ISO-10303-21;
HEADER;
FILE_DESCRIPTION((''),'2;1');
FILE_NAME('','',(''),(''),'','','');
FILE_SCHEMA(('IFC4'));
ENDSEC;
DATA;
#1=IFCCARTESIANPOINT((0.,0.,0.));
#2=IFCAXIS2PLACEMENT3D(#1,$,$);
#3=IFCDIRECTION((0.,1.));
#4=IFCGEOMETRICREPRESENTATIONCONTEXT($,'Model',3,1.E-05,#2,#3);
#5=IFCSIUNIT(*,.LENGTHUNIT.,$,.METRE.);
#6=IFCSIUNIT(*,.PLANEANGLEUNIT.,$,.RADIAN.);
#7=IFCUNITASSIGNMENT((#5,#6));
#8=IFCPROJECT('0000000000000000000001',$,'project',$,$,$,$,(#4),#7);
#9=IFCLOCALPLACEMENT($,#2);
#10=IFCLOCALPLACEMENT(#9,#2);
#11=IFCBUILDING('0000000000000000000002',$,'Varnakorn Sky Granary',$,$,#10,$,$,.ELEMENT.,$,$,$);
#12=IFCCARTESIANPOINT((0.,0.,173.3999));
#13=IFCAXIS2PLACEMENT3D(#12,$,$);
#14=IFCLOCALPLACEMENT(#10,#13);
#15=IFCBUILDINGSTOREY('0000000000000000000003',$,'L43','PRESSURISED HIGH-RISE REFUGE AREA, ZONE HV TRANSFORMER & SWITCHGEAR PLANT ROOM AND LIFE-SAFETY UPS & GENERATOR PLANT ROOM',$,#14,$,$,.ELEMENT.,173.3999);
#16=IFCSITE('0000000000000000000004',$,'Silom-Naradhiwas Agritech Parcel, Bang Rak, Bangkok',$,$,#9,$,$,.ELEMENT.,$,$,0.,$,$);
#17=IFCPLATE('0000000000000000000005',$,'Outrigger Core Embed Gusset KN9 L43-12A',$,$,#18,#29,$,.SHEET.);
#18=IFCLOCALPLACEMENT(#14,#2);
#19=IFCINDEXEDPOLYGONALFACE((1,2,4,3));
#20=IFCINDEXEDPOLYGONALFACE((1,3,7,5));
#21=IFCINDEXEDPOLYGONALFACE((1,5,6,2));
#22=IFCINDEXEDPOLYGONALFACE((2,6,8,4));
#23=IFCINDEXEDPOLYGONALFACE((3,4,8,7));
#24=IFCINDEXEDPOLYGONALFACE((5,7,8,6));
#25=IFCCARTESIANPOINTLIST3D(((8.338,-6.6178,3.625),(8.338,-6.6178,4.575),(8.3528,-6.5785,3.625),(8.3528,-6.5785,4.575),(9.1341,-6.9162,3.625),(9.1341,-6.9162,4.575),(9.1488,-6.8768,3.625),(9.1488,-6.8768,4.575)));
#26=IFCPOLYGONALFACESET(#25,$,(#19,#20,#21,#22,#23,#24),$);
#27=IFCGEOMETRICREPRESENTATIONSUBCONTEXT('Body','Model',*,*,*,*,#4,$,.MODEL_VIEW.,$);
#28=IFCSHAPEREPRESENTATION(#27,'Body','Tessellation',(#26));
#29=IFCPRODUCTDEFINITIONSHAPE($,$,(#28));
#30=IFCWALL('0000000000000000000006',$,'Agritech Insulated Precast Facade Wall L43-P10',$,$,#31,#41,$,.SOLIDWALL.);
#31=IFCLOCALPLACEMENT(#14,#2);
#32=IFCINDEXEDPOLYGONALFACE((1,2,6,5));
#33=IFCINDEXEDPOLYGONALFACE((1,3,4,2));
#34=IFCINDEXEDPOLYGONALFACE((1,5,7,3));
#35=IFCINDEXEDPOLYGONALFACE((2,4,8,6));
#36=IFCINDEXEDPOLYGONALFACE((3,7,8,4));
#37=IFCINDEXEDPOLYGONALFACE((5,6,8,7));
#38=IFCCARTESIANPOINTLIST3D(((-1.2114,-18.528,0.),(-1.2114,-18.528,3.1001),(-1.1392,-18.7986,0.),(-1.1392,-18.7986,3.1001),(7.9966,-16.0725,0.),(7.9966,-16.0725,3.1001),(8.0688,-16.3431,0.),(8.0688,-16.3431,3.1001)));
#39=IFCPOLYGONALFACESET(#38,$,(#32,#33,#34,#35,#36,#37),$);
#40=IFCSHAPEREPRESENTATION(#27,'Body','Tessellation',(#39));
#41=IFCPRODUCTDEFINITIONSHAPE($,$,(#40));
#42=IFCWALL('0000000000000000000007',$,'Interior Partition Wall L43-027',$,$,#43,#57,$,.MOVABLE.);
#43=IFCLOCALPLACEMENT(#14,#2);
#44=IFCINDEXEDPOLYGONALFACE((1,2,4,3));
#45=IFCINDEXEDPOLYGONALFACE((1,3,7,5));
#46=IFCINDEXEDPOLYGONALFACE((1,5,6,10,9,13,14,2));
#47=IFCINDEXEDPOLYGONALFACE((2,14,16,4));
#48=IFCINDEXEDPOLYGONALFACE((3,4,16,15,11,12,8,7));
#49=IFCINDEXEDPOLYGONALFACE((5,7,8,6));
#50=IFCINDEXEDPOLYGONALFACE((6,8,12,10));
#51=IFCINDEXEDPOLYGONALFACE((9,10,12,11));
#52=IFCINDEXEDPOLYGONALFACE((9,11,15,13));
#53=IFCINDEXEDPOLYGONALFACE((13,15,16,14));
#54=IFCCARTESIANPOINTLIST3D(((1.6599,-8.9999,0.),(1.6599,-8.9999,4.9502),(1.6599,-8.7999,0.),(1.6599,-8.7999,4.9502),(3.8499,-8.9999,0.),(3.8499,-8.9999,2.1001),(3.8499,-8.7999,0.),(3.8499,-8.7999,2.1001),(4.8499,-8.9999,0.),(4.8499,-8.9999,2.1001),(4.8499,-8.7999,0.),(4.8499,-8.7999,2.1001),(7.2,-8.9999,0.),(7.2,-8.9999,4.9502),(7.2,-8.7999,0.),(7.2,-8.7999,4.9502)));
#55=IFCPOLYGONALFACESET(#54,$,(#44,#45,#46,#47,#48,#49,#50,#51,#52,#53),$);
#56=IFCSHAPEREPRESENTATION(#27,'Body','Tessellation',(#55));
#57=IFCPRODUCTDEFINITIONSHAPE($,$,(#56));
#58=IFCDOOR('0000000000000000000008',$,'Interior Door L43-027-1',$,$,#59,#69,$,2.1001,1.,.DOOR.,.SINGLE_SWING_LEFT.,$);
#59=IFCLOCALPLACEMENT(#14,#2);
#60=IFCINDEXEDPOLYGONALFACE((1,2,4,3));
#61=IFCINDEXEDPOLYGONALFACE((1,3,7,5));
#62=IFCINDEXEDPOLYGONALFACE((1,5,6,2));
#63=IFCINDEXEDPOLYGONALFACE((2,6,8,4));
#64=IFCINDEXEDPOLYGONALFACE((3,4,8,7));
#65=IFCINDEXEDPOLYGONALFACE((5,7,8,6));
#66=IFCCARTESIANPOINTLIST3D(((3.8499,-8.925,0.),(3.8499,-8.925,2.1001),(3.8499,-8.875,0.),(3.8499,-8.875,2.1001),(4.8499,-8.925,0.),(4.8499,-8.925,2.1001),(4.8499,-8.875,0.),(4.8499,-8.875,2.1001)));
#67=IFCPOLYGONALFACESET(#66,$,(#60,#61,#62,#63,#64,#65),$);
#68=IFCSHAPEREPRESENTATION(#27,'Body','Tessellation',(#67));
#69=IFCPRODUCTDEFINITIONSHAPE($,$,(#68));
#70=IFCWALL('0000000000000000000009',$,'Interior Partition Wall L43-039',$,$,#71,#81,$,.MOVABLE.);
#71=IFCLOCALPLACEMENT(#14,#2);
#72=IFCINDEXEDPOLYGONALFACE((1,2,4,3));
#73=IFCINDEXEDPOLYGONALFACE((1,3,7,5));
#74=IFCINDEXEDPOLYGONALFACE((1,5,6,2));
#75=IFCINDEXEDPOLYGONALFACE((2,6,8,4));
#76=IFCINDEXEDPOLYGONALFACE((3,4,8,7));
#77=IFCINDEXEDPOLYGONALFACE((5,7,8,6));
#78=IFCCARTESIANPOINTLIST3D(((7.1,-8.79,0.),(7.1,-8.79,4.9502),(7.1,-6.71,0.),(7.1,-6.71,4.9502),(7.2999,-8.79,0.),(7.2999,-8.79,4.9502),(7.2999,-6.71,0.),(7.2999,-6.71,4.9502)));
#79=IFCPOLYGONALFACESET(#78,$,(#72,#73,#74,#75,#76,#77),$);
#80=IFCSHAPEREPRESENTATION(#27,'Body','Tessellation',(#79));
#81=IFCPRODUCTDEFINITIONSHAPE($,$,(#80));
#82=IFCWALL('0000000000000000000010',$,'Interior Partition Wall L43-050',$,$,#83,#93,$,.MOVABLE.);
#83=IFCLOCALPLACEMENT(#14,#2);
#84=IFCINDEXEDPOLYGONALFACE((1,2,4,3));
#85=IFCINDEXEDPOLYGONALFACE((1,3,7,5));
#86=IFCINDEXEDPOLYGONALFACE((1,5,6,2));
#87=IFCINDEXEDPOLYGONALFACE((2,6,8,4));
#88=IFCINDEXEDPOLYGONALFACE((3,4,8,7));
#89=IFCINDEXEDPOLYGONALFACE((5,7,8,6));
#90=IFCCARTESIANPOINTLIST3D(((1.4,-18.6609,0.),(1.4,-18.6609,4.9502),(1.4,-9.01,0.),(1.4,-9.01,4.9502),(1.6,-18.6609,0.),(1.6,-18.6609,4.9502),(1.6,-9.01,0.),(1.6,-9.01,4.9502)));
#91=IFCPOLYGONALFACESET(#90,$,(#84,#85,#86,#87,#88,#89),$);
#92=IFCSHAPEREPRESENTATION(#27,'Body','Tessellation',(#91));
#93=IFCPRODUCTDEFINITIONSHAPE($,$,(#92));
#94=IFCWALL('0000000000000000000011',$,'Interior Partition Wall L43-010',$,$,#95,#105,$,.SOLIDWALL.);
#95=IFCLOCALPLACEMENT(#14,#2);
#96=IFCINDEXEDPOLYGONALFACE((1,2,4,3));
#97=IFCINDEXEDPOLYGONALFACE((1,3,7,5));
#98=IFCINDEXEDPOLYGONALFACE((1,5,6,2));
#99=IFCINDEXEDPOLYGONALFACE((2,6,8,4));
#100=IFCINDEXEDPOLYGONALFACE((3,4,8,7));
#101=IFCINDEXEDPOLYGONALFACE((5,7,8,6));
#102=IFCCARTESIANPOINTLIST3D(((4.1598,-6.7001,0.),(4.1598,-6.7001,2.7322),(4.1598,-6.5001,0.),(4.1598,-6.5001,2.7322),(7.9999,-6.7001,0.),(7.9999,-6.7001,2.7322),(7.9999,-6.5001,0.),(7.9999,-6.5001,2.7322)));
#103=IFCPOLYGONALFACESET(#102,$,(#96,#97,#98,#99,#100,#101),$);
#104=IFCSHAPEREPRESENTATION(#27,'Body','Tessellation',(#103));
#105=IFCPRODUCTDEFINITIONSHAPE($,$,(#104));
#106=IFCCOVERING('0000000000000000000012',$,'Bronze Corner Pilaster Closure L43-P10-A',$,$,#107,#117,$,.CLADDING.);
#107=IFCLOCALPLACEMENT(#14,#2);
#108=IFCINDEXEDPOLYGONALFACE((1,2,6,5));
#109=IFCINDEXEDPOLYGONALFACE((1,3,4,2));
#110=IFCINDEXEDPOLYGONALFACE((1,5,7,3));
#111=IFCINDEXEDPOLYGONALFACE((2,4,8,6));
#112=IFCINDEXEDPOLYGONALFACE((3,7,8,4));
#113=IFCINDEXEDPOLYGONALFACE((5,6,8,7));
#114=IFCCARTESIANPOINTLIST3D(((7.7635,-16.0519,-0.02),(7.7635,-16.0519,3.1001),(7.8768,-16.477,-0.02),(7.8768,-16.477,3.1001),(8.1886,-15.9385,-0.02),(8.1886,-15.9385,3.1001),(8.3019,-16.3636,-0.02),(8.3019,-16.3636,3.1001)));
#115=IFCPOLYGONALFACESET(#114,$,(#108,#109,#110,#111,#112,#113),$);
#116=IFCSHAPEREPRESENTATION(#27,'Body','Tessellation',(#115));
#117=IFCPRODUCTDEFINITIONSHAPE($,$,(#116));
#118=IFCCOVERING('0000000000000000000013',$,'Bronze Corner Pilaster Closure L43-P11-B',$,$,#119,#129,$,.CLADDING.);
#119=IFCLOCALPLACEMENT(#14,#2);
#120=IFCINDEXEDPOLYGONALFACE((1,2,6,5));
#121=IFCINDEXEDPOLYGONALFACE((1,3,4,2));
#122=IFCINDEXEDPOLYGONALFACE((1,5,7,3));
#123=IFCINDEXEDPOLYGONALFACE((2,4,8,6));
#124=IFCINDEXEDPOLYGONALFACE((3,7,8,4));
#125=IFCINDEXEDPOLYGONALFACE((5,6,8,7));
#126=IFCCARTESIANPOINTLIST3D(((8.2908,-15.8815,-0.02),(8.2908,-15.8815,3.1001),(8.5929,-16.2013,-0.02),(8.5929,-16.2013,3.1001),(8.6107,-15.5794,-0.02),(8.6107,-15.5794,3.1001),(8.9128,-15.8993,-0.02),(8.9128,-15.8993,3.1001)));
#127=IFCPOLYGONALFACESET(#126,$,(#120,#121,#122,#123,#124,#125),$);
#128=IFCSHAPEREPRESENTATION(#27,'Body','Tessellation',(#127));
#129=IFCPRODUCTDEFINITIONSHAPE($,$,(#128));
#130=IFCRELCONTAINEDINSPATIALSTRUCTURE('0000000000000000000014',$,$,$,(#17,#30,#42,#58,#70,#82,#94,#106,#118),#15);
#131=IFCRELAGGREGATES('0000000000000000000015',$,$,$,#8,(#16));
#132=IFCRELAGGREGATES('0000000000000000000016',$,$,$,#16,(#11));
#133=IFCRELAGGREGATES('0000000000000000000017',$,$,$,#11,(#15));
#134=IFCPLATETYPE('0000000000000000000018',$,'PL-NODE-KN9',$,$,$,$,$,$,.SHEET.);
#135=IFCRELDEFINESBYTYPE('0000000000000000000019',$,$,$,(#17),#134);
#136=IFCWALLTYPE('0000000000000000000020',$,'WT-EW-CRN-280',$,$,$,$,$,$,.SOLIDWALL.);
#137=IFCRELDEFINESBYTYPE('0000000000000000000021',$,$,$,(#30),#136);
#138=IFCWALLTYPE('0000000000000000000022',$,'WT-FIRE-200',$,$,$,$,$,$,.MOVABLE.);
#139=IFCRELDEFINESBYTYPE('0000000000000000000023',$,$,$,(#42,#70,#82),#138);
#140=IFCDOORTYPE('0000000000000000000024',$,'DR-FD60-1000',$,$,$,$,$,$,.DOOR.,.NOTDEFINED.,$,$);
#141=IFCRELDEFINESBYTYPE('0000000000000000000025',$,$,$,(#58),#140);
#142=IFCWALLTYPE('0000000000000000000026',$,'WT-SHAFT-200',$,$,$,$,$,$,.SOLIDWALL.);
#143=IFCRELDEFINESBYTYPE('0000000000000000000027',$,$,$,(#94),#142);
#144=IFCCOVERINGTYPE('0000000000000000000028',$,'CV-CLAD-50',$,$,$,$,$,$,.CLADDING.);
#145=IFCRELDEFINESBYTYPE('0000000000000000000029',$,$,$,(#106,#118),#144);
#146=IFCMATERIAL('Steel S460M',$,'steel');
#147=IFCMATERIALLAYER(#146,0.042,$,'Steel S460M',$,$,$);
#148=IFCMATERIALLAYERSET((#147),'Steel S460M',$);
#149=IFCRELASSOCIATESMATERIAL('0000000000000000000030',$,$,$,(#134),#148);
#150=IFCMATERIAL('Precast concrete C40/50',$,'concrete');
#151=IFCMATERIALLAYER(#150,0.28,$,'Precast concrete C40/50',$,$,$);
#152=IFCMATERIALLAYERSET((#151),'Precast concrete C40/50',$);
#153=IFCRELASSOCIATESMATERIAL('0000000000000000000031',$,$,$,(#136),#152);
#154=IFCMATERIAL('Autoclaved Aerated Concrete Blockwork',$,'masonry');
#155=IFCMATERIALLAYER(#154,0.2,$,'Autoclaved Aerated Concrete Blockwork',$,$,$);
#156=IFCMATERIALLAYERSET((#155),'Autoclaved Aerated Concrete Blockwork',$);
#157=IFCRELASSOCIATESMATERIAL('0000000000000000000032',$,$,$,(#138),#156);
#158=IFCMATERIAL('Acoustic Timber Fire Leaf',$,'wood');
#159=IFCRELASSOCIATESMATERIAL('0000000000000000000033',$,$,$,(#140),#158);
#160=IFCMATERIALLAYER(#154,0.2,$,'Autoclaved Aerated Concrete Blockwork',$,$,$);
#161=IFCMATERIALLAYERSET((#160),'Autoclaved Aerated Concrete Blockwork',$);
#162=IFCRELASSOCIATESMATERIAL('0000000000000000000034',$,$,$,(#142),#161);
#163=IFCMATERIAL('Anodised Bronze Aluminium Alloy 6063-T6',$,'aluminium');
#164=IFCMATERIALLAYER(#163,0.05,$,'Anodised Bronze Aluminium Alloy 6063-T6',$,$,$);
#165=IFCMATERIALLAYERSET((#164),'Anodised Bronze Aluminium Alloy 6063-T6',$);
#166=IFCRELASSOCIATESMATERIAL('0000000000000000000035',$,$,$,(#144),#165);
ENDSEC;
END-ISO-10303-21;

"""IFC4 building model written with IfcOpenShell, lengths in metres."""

from ifc_helpers import new_model, si_unit, direction, frame, frame_2d, origin, origin_2d, place, context, subcontext, project, spatial, rectangle, extrude, source, transform, mapped, material, layer, layer_set, type_object, type_shapes, element, fill, save


model = new_model("IFC4")

# Units and contexts
model_context = context("Model", 3, precision=1e-05, world=origin(), true_north=direction((0.0, 1.0)))
body_context = subcontext(model_context, "Body", "Model", "MODEL_VIEW")
ifc_project = project(units=[si_unit("LENGTHUNIT", "METRE"), si_unit("PLANEANGLEUNIT", "RADIAN")], contexts=[model_context])

# Site, building, storey
site_placement = place(None, origin())
site = spatial("IfcSite", under=ifc_project, at=site_placement, Name="Silom-Naradhiwas Agritech Parcel, Bang Rak, Bangkok", CompositionType="ELEMENT", RefElevation=0.0)
building_placement = place(site_placement, origin())
building = spatial("IfcBuilding", under=site, at=building_placement, Name="Varnakorn Sky Granary", CompositionType="ELEMENT")
storey_placement = place(building_placement, frame((0.0, 0.0, 173.3999)))
storey = spatial("IfcBuildingStorey", under=building, at=storey_placement, Name="L43", Description="PRESSURISED HIGH-RISE REFUGE AREA, ZONE HV TRANSFORMER & SWITCHGEAR PLANT ROOM AND LIFE-SAFETY UPS & GENERATOR PLANT ROOM", CompositionType="ELEMENT", Elevation=173.3999)

# Shared definitions
ifc_material_1 = material(Name="Steel S460M", Category="steel")

# Plate
ifc_layer_1 = layer(ifc_material_1, 0.042, Name="Steel S460M")
ifc_layer_set_1 = layer_set([ifc_layer_1], Name="Steel S460M")
plate_type_1 = type_object("IfcPlateType", Name="PL-NODE-KN9", PredefinedType="SHEET", material=ifc_layer_set_1)
plate_1_placement = place(storey_placement, frame((8.7434, -6.7473, 3.625), z_axis=(0.0, 0.0, 1.0), x_axis=(0.93639, -0.350961, 0.0)))
element("IfcPlate", 1, at=plate_1_placement, inside=storey, type_object=plate_type_1, Name="Outrigger Core Embed Gusset KN9 L43-12A", PredefinedType="SHEET", context=body_context, shape_type="SweptSolid", body=[
    extrude(rectangle(XDim=0.8501, YDim=0.042, at=origin_2d()), origin(), (0.0, 0.0, 1.0), 0.95),
])

# Wall
ifc_material_2 = material(Name="Precast concrete C40/50", Category="concrete")
ifc_layer_2 = layer(ifc_material_2, 0.28, Name="Precast concrete C40/50")
ifc_layer_set_2 = layer_set([ifc_layer_2], Name="Precast concrete C40/50")
wall_type_1 = type_object("IfcWallType", Name="WT-EW-CRN-280", PredefinedType="SOLIDWALL", material=ifc_layer_set_2)
wall_1_placement = place(storey_placement, frame((8.0327, -16.2078, 0.0), z_axis=(0.0, 0.0, 1.0), x_axis=(-0.966232, -0.257672, 0.0)))
element("IfcWall", 2, at=wall_1_placement, inside=storey, type_object=wall_type_1, Name="Agritech Insulated Precast Facade Wall L43-P10", PredefinedType="SOLIDWALL", context=body_context, shape_type="SweptSolid", body=[
    extrude(rectangle(XDim=9.5298, YDim=0.28, at=frame_2d((4.7649, 0.0))), origin(), (0.0, 0.0, 1.0), 3.1001),
])

# Wall, opening, door
ifc_material_3 = material(Name="Autoclaved Aerated Concrete Blockwork", Category="masonry")
ifc_layer_3 = layer(ifc_material_3, 0.2, Name="Autoclaved Aerated Concrete Blockwork")
ifc_layer_set_3 = layer_set([ifc_layer_3], Name="Autoclaved Aerated Concrete Blockwork")
wall_type_2 = type_object("IfcWallType", Name="WT-FIRE-200", PredefinedType="MOVABLE", material=ifc_layer_set_3)
wall_2_placement = place(storey_placement, frame((1.6599, -8.8999, 0.0), z_axis=(0.0, 0.0, 1.0), x_axis=(1.0, 0.0, 0.0)))
wall_2 = element("IfcWall", 3, at=wall_2_placement, inside=storey, type_object=wall_type_2, Name="Interior Partition Wall L43-027", PredefinedType="MOVABLE", context=body_context, shape_type="SweptSolid", body=[
    extrude(rectangle(XDim=5.54, YDim=0.2, at=frame_2d((2.77, 0.0))), origin(), (0.0, 0.0, 1.0), 4.9502),
])
opening_placement = place(wall_2_placement, frame((2.1899, 0.0, 0.0)))
opening = element("IfcOpeningElement", 4, at=opening_placement, cuts=wall_2, PredefinedType="OPENING", context=body_context, shape_type="SweptSolid", body=[
    extrude(rectangle(XDim=1.0, YDim=2.1001, at=frame_2d((0.5, 1.05))), frame((0.0, 0.1099, 0.0), z_axis=(0.0, -1.0, 0.0), x_axis=(1.0, 0.0, 0.0)), (0.0, 0.0, 1.0), 0.22),
])
ifc_material_4 = material(Name="Acoustic Timber Fire Leaf", Category="wood")
door_type = type_object("IfcDoorType", Name="DR-FD60-1000", OperationType="NOTDEFINED", PredefinedType="DOOR", material=ifc_material_4)
door_placement = place(opening_placement, origin())
door = element("IfcDoor", 5, at=door_placement, inside=storey, type_object=door_type, Name="Interior Door L43-027-1", OperationType="SINGLE_SWING_LEFT", OverallHeight=2.1001, OverallWidth=1.0, PredefinedType="DOOR", context=body_context, shape_type="SweptSolid", body=[
    extrude(rectangle(XDim=1.0, YDim=2.1001, at=frame_2d((0.5, 1.05))), frame((0.0, 0.0249, 0.0), z_axis=(0.0, -1.0, 0.0), x_axis=(1.0, 0.0, 0.0)), (0.0, 0.0, 1.0), 0.05),
])
fill(opening, door)

# Walls
wall_3_placement = place(storey_placement, frame((7.2, -8.79, 0.0), z_axis=(0.0, 0.0, 1.0), x_axis=(0.0, 1.0, 0.0)))
element("IfcWall", 6, at=wall_3_placement, inside=storey, type_object=wall_type_2, Name="Interior Partition Wall L43-039", PredefinedType="MOVABLE", context=body_context, shape_type="SweptSolid", body=[
    extrude(rectangle(XDim=2.0801, YDim=0.2, at=frame_2d((1.04, 0.0))), origin(), (0.0, 0.0, 1.0), 4.9502),
])
wall_4_placement = place(storey_placement, frame((1.5, -9.01, 0.0), z_axis=(0.0, 0.0, 1.0), x_axis=(0.0, -1.0, 0.0)))
element("IfcWall", 7, at=wall_4_placement, inside=storey, type_object=wall_type_2, Name="Interior Partition Wall L43-050", PredefinedType="MOVABLE", context=body_context, shape_type="SweptSolid", body=[
    extrude(rectangle(XDim=9.6509, YDim=0.2, at=frame_2d((4.8254, 0.0))), origin(), (0.0, 0.0, 1.0), 4.9502),
])
ifc_layer_4 = layer(ifc_material_3, 0.2, Name="Autoclaved Aerated Concrete Blockwork")
ifc_layer_set_4 = layer_set([ifc_layer_4], Name="Autoclaved Aerated Concrete Blockwork")
wall_type_3 = type_object("IfcWallType", Name="WT-SHAFT-200", PredefinedType="SOLIDWALL", material=ifc_layer_set_4)
wall_5_placement = place(storey_placement, frame((4.1599, -6.6001, 0.0), z_axis=(0.0, 0.0, 1.0), x_axis=(1.0, 0.0, 0.0)))
element("IfcWall", 8, at=wall_5_placement, inside=storey, type_object=wall_type_3, Name="Interior Partition Wall L43-010", PredefinedType="SOLIDWALL", context=body_context, shape_type="SweptSolid", body=[
    extrude(rectangle(XDim=3.8401, YDim=0.2, at=frame_2d((1.9199, 0.0))), origin(), (0.0, 0.0, 1.0), 2.7322),
])

# Coverings
ifc_material_5 = material(Name="Anodised Bronze Aluminium Alloy 6063-T6", Category="aluminium")
ifc_layer_5 = layer(ifc_material_5, 0.05, Name="Anodised Bronze Aluminium Alloy 6063-T6")
ifc_layer_set_5 = layer_set([ifc_layer_5], Name="Anodised Bronze Aluminium Alloy 6063-T6")
covering_type = type_object("IfcCoveringType", Name="CV-CLAD-50", PredefinedType="CLADDING", material=ifc_layer_set_5)
shared_shape = source(origin(), body_context, "Body", "SweptSolid", [
    extrude(rectangle(XDim=0.4399, YDim=0.4399, at=origin_2d()), origin(), (0.0, 0.0, 1.0), 3.1201),
])
type_shapes(covering_type, [shared_shape])
for number, where, z_axis, x_axis, name in (
    (9, (8.0327, -16.2078, -0.02), (0.0, 0.0, 1.0), (-0.966241, -0.257639, 0.0), "Bronze Corner Pilaster Closure L43-P10-A"),
    (10, (8.6018, -15.8904, -0.02), (0.0, 0.0, 1.0), (-0.727054, -0.68658, 0.0), "Bronze Corner Pilaster Closure L43-P11-B"),
):
    element("IfcCovering", number, at=place(storey_placement, frame(where, z_axis=z_axis, x_axis=x_axis)), inside=storey, type_object=covering_type, Name=name, PredefinedType="CLADDING", context=body_context, shape_type="MappedRepresentation", body=[
        mapped(shared_shape, transform((0.0, 0.0, 0.0), x_axis=(1.0, 0.0, 0.0), y_axis=(0.0, 1.0, 0.0), z_axis=(0.0, 0.0, 1.0), scale=1.0)),
    ])

save(model, "model.ifc")
